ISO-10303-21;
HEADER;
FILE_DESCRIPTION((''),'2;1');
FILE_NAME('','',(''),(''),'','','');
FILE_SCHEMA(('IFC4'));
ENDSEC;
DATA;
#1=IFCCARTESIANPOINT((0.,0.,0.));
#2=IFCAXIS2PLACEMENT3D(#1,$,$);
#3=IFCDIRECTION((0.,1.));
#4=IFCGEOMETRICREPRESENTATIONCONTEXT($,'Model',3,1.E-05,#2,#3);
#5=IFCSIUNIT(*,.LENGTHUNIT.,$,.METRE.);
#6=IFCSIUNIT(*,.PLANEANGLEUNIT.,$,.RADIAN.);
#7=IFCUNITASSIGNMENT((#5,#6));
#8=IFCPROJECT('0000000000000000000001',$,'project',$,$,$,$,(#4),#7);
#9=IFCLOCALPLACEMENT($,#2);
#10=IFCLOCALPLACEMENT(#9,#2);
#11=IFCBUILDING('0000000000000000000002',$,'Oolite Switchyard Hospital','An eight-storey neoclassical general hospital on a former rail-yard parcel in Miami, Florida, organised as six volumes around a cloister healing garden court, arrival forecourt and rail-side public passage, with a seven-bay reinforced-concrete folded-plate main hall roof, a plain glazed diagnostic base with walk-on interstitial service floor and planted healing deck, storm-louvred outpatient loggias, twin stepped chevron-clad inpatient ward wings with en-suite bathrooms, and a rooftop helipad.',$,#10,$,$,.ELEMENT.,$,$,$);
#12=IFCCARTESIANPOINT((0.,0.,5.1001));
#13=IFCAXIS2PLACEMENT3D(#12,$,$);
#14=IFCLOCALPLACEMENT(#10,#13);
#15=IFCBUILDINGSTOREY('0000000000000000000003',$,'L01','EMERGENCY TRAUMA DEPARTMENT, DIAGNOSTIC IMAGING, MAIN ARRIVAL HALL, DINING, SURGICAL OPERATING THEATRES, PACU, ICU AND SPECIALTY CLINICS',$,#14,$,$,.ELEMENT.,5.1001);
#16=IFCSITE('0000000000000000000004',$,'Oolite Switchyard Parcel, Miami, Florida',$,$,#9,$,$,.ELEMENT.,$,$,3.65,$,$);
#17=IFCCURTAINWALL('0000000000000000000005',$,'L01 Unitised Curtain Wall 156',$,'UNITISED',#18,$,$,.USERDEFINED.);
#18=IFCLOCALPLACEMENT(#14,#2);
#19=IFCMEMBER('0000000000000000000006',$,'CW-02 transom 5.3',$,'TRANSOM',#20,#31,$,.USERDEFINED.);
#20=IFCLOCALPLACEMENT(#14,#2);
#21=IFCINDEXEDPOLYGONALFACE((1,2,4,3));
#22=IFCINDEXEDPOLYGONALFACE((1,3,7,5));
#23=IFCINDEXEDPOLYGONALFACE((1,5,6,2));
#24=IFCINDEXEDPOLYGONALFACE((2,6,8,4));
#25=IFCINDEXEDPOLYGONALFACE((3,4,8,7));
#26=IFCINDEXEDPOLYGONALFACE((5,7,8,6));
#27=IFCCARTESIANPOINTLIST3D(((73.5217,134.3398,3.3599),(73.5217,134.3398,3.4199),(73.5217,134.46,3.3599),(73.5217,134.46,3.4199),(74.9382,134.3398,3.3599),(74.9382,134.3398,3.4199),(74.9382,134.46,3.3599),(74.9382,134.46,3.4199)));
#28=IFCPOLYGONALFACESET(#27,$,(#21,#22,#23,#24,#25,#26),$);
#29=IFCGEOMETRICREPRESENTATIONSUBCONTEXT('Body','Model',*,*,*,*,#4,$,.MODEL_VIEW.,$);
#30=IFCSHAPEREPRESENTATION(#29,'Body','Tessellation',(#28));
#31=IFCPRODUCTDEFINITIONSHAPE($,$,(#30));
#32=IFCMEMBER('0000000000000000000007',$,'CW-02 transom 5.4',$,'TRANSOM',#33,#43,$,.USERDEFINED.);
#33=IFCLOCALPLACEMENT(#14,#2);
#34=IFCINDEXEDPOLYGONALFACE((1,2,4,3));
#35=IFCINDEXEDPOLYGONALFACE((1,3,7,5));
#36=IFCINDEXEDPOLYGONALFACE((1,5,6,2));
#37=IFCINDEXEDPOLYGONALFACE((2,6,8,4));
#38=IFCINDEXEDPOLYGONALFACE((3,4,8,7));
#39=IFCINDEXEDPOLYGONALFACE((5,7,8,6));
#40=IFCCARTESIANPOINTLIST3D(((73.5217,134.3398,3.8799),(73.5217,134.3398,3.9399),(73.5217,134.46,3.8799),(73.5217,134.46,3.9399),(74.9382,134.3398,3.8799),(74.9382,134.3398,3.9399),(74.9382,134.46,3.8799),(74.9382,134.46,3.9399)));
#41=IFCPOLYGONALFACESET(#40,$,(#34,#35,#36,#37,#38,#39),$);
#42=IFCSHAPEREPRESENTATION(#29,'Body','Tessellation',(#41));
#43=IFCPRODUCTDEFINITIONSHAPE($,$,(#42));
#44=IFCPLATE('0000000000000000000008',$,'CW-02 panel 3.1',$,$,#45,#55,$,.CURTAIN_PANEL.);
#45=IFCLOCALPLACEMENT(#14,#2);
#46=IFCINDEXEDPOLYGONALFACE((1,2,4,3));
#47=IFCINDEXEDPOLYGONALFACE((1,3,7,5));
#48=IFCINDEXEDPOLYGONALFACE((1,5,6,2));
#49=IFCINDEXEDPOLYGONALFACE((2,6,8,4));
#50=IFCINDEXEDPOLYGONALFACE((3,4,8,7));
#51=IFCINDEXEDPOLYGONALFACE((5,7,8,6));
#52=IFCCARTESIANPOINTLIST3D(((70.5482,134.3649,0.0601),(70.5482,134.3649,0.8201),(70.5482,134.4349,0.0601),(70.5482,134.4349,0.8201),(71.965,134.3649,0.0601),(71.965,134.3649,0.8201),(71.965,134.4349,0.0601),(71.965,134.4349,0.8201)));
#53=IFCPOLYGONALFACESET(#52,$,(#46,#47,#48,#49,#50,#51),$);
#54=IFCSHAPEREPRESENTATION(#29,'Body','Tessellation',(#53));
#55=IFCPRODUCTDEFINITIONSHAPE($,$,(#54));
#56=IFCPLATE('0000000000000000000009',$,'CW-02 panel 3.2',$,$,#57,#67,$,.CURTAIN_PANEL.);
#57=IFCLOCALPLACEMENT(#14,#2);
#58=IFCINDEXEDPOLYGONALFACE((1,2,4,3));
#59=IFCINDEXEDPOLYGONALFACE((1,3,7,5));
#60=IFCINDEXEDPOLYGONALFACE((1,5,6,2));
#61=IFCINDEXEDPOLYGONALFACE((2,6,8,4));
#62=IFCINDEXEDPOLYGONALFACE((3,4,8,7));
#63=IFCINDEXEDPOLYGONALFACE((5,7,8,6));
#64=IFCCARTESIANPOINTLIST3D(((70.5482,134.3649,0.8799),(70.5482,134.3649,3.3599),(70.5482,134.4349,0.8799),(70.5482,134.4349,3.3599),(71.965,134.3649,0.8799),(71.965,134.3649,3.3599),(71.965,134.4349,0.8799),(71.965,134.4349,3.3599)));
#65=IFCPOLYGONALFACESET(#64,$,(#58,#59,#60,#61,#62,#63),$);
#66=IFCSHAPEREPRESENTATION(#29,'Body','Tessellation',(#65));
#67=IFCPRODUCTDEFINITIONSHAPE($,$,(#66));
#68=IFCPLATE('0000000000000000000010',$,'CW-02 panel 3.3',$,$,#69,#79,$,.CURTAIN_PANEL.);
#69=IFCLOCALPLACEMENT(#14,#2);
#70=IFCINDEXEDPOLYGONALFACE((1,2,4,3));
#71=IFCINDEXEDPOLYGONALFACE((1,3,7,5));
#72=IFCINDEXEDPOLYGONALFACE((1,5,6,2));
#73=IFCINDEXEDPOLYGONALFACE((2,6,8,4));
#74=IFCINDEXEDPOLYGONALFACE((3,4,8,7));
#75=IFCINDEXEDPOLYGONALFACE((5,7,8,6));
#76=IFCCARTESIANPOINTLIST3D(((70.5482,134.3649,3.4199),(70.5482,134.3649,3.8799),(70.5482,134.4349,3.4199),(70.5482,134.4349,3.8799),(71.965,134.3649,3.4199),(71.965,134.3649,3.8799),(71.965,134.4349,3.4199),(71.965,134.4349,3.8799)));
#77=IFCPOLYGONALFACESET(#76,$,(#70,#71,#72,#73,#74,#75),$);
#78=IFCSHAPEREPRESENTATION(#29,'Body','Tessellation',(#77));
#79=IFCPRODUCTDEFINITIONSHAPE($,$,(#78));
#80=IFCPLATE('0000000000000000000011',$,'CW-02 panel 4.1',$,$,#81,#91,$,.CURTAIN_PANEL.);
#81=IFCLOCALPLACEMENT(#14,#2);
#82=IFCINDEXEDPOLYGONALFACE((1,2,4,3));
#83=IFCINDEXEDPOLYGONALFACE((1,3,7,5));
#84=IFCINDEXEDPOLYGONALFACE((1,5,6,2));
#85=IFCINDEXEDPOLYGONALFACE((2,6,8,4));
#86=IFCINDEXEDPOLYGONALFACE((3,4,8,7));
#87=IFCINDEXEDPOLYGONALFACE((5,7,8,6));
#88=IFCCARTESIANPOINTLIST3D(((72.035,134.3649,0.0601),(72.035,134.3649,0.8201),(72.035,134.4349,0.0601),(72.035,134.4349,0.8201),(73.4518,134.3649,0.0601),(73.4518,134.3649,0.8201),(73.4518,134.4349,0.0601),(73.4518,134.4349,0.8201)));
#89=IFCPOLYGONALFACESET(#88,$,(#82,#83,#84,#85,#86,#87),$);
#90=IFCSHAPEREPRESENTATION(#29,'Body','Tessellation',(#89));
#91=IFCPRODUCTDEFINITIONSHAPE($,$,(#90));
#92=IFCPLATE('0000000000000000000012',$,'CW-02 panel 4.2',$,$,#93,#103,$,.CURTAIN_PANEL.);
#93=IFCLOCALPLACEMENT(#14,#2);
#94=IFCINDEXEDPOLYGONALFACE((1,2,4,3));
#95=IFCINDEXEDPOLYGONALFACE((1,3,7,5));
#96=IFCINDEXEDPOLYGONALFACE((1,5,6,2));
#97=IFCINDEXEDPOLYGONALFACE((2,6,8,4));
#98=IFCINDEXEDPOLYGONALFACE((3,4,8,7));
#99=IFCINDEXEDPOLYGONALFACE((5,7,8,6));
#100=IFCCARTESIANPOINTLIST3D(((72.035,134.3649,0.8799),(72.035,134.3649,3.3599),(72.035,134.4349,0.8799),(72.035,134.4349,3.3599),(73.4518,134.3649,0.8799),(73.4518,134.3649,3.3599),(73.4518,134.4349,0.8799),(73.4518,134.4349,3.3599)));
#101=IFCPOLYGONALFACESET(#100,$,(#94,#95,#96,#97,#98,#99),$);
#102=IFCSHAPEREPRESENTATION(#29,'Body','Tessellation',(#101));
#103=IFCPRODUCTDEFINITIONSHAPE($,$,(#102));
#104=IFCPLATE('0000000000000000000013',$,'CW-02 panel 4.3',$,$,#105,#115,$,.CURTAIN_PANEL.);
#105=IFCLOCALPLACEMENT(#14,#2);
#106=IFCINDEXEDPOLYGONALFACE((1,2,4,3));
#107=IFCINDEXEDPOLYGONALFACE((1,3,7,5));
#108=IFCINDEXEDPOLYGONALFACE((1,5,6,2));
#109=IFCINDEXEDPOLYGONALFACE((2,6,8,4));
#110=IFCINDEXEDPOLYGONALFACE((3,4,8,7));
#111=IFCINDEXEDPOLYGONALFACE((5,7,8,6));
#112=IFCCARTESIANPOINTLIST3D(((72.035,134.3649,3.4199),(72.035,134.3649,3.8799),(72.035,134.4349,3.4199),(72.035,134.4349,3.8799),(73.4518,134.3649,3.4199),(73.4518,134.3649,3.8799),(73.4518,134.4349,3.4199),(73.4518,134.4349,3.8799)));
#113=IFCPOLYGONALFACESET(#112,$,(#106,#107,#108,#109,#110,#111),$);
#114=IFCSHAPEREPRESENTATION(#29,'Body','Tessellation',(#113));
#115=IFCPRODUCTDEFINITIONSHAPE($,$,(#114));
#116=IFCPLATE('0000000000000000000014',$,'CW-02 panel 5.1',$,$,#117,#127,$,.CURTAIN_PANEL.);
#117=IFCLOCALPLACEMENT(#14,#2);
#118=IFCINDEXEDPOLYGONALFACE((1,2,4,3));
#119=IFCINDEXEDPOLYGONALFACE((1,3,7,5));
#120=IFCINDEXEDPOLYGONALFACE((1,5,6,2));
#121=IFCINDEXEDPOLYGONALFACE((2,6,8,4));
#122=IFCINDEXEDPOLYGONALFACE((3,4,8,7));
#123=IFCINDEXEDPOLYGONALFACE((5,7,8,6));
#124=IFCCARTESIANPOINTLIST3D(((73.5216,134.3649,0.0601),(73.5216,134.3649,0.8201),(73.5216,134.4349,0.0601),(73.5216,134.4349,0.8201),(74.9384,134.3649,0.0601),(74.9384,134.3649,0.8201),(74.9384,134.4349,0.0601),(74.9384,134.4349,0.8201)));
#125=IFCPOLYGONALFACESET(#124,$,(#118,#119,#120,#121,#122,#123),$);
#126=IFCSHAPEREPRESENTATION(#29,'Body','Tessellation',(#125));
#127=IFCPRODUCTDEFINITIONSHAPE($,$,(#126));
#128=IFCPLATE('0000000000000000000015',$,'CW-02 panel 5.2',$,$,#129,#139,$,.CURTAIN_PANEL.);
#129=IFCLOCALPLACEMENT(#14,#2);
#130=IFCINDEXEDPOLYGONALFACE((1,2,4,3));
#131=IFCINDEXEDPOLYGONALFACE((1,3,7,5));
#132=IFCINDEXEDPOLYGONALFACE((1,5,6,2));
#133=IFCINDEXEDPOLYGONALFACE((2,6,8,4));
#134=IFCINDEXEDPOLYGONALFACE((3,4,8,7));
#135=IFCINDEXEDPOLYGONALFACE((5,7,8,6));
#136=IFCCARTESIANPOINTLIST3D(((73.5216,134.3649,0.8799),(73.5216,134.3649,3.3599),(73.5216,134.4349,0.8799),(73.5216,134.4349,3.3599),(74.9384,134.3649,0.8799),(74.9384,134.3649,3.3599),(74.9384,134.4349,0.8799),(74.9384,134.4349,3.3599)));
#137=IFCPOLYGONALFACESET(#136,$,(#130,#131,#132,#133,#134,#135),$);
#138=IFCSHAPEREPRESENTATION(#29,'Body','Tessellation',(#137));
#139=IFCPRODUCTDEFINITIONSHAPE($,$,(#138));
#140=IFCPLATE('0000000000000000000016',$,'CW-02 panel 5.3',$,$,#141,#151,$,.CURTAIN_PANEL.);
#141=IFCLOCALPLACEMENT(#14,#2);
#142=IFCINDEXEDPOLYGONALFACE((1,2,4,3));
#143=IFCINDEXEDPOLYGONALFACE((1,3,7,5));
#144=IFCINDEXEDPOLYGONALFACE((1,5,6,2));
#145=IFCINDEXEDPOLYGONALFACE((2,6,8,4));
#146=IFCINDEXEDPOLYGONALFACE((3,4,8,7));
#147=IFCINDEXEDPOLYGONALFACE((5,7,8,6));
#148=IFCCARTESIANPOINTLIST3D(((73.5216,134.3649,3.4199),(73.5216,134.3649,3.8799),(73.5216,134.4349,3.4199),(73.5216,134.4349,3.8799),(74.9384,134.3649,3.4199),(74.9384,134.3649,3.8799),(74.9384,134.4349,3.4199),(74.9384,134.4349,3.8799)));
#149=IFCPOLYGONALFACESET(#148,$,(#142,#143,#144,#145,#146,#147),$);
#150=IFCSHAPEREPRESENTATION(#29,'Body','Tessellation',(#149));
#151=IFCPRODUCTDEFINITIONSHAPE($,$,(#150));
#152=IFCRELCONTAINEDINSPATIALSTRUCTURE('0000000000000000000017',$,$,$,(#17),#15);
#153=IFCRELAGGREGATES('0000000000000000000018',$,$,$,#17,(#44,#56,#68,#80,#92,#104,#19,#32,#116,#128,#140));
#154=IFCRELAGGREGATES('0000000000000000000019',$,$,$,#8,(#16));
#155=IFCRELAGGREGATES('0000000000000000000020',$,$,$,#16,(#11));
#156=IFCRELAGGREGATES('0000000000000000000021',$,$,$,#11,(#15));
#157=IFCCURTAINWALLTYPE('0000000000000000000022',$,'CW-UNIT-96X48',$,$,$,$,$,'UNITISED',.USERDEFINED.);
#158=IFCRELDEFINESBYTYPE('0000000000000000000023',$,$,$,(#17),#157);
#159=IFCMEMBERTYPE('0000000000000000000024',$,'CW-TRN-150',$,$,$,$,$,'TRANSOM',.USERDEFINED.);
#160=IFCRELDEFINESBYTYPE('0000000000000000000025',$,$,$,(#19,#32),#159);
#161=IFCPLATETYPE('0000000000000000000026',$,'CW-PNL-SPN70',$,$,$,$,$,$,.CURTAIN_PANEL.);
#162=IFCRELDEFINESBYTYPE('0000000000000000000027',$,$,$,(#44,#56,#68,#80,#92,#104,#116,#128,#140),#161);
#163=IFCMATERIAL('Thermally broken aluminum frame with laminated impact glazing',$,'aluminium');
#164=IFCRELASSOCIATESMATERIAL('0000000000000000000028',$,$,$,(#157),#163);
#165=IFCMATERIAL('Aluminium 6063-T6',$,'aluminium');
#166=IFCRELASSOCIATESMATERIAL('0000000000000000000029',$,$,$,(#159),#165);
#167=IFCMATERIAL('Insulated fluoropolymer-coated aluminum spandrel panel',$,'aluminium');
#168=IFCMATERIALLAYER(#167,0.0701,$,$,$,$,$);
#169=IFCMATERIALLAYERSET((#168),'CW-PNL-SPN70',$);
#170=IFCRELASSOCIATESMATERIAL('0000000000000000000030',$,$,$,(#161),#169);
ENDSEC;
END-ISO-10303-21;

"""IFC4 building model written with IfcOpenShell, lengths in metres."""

from ifc_helpers import new_model, si_unit, direction, frame, origin, origin_2d, place, context, subcontext, project, spatial, rectangle, extrude, material, layer, layer_set, material_profile, profile_set, type_object, element, aggregate, save


model = new_model("IFC4")

# Units and contexts
model_context = context("Model", 3, precision=1e-05, world=origin(), true_north=direction((0.0, 1.0)))
body_context = subcontext(model_context, "Body", "Model", "MODEL_VIEW")
ifc_project = project(units=[si_unit("LENGTHUNIT", "METRE"), si_unit("PLANEANGLEUNIT", "RADIAN")], contexts=[model_context])

# Site, building, storey
site_placement = place(None, origin())
site = spatial("IfcSite", under=ifc_project, at=site_placement, Name="Oolite Switchyard Parcel, Miami, Florida", CompositionType="ELEMENT", RefElevation=3.65)
building_placement = place(site_placement, origin())
building = spatial("IfcBuilding", under=site, at=building_placement, Name="Oolite Switchyard Hospital", Description="An eight-storey neoclassical general hospital on a former rail-yard parcel in Miami, Florida, organised as six volumes around a cloister healing garden court, arrival forecourt and rail-side public passage, with a seven-bay reinforced-concrete folded-plate main hall roof, a plain glazed diagnostic base with walk-on interstitial service floor and planted healing deck, storm-louvred outpatient loggias, twin stepped chevron-clad inpatient ward wings with en-suite bathrooms, and a rooftop helipad.", CompositionType="ELEMENT")
storey_placement = place(building_placement, frame((0.0, 0.0, 5.1001)))
storey = spatial("IfcBuildingStorey", under=building, at=storey_placement, Name="L01", Description="EMERGENCY TRAUMA DEPARTMENT, DIAGNOSTIC IMAGING, MAIN ARRIVAL HALL, DINING, SURGICAL OPERATING THEATRES, PACU, ICU AND SPECIALTY CLINICS", CompositionType="ELEMENT", Elevation=5.1001)

# Curtain wall, members, plates
ifc_material_1 = material(Name="Thermally broken aluminum frame with laminated impact glazing", Category="aluminium")
curtain_wall_type = type_object("IfcCurtainWallType", Name="CW-UNIT-96X48", ElementType="UNITISED", PredefinedType="USERDEFINED", material=ifc_material_1)
curtain_wall_placement = place(storey_placement, origin())
curtain_wall = element("IfcCurtainWall", 1, at=curtain_wall_placement, inside=storey, type_object=curtain_wall_type, Name="L01 Unitised Curtain Wall 156", ObjectType="UNITISED", PredefinedType="USERDEFINED")
ifc_material_2 = material(Name="Aluminium 6063-T6", Category="aluminium")
ifc_material_profile_1 = material_profile(ifc_material_2, rectangle(XDim=0.1201, YDim=0.0601, at=origin_2d()), Name="CWT60X120")
ifc_profile_set_1 = profile_set([ifc_material_profile_1], Name="Aluminium 6063-T6")
member_type_1 = type_object("IfcMemberType", Name="CW-TRN-150", ElementType="TRANSOM", PredefinedType="USERDEFINED", material=ifc_profile_set_1)
member_1_placement = place(storey_placement, frame((73.5217, 134.3999, 3.3899), z_axis=(1.0, 0.0, 0.0), x_axis=(0.0, 1.0, 0.0)))
member_1 = element("IfcMember", 2, at=member_1_placement, type_object=member_type_1, Name="CW-02 transom 5.3", ObjectType="TRANSOM", PredefinedType="USERDEFINED", context=body_context, shape_type="SweptSolid", body=[
    extrude(rectangle(XDim=0.1201, YDim=0.0601, at=origin_2d()), origin(), (0.0, 0.0, 1.0), 1.4165),
])
member_2_placement = place(storey_placement, frame((73.5217, 134.3999, 3.9099), z_axis=(1.0, 0.0, 0.0), x_axis=(0.0, 1.0, 0.0)))
member_2 = element("IfcMember", 3, at=member_2_placement, type_object=member_type_1, Name="CW-02 transom 5.4", ObjectType="TRANSOM", PredefinedType="USERDEFINED", context=body_context, shape_type="SweptSolid", body=[
    extrude(rectangle(XDim=0.1201, YDim=0.0601, at=origin_2d()), origin(), (0.0, 0.0, 1.0), 1.4165),
])
ifc_material_3 = material(Name="Insulated fluoropolymer-coated aluminum spandrel panel", Category="aluminium")
ifc_layer = layer(ifc_material_3, 0.0701)
ifc_layer_set = layer_set([ifc_layer], Name="CW-PNL-SPN70")
plate_type = type_object("IfcPlateType", Name="CW-PNL-SPN70", PredefinedType="CURTAIN_PANEL", material=ifc_layer_set)
plate_1_placement = place(storey_placement, frame((71.2566, 134.3999, 0.0601), z_axis=(0.0, 0.0, 1.0), x_axis=(1.0, 0.0, 0.0)))
plate_1 = element("IfcPlate", 4, at=plate_1_placement, type_object=plate_type, Name="CW-02 panel 3.1", PredefinedType="CURTAIN_PANEL", context=body_context, shape_type="SweptSolid", body=[
    extrude(rectangle(XDim=1.4167, YDim=0.0701, at=origin_2d()), origin(), (0.0, 0.0, 1.0), 0.76),
])
plate_2_placement = place(storey_placement, frame((71.2566, 134.3999, 0.8799), z_axis=(0.0, 0.0, 1.0), x_axis=(1.0, 0.0, 0.0)))
plate_2 = element("IfcPlate", 5, at=plate_2_placement, type_object=plate_type, Name="CW-02 panel 3.2", PredefinedType="CURTAIN_PANEL", context=body_context, shape_type="SweptSolid", body=[
    extrude(rectangle(XDim=1.4167, YDim=0.0701, at=origin_2d()), origin(), (0.0, 0.0, 1.0), 2.48),
])
plate_3_placement = place(storey_placement, frame((71.2566, 134.3999, 3.4199), z_axis=(0.0, 0.0, 1.0), x_axis=(1.0, 0.0, 0.0)))
plate_3 = element("IfcPlate", 6, at=plate_3_placement, type_object=plate_type, Name="CW-02 panel 3.3", PredefinedType="CURTAIN_PANEL", context=body_context, shape_type="SweptSolid", body=[
    extrude(rectangle(XDim=1.4167, YDim=0.0701, at=origin_2d()), origin(), (0.0, 0.0, 1.0), 0.46),
])
plate_4_placement = place(storey_placement, frame((72.7434, 134.3999, 0.0601), z_axis=(0.0, 0.0, 1.0), x_axis=(1.0, 0.0, 0.0)))
plate_4 = element("IfcPlate", 7, at=plate_4_placement, type_object=plate_type, Name="CW-02 panel 4.1", PredefinedType="CURTAIN_PANEL", context=body_context, shape_type="SweptSolid", body=[
    extrude(rectangle(XDim=1.4167, YDim=0.0701, at=origin_2d()), origin(), (0.0, 0.0, 1.0), 0.76),
])
plate_5_placement = place(storey_placement, frame((72.7434, 134.3999, 0.8799), z_axis=(0.0, 0.0, 1.0), x_axis=(1.0, 0.0, 0.0)))
plate_5 = element("IfcPlate", 8, at=plate_5_placement, type_object=plate_type, Name="CW-02 panel 4.2", PredefinedType="CURTAIN_PANEL", context=body_context, shape_type="SweptSolid", body=[
    extrude(rectangle(XDim=1.4167, YDim=0.0701, at=origin_2d()), origin(), (0.0, 0.0, 1.0), 2.48),
])
plate_6_placement = place(storey_placement, frame((72.7434, 134.3999, 3.4199), z_axis=(0.0, 0.0, 1.0), x_axis=(1.0, 0.0, 0.0)))
plate_6 = element("IfcPlate", 9, at=plate_6_placement, type_object=plate_type, Name="CW-02 panel 4.3", PredefinedType="CURTAIN_PANEL", context=body_context, shape_type="SweptSolid", body=[
    extrude(rectangle(XDim=1.4167, YDim=0.0701, at=origin_2d()), origin(), (0.0, 0.0, 1.0), 0.46),
])
plate_7_placement = place(storey_placement, frame((74.23, 134.3999, 0.0601), z_axis=(0.0, 0.0, 1.0), x_axis=(1.0, 0.0, 0.0)))
plate_7 = element("IfcPlate", 10, at=plate_7_placement, type_object=plate_type, Name="CW-02 panel 5.1", PredefinedType="CURTAIN_PANEL", context=body_context, shape_type="SweptSolid", body=[
    extrude(rectangle(XDim=1.4167, YDim=0.0701, at=origin_2d()), origin(), (0.0, 0.0, 1.0), 0.76),
])
plate_8_placement = place(storey_placement, frame((74.23, 134.3999, 0.8799), z_axis=(0.0, 0.0, 1.0), x_axis=(1.0, 0.0, 0.0)))
plate_8 = element("IfcPlate", 11, at=plate_8_placement, type_object=plate_type, Name="CW-02 panel 5.2", PredefinedType="CURTAIN_PANEL", context=body_context, shape_type="SweptSolid", body=[
    extrude(rectangle(XDim=1.4167, YDim=0.0701, at=origin_2d()), origin(), (0.0, 0.0, 1.0), 2.48),
])
plate_9_placement = place(storey_placement, frame((74.23, 134.3999, 3.4199), z_axis=(0.0, 0.0, 1.0), x_axis=(1.0, 0.0, 0.0)))
plate_9 = element("IfcPlate", 12, at=plate_9_placement, type_object=plate_type, Name="CW-02 panel 5.3", PredefinedType="CURTAIN_PANEL", context=body_context, shape_type="SweptSolid", body=[
    extrude(rectangle(XDim=1.4167, YDim=0.0701, at=origin_2d()), origin(), (0.0, 0.0, 1.0), 0.46),
])
aggregate(curtain_wall, [plate_1, plate_2, plate_3, plate_4, plate_5, plate_6, member_1, member_2, plate_7, plate_8, plate_9])

save(model, "model.ifc")
